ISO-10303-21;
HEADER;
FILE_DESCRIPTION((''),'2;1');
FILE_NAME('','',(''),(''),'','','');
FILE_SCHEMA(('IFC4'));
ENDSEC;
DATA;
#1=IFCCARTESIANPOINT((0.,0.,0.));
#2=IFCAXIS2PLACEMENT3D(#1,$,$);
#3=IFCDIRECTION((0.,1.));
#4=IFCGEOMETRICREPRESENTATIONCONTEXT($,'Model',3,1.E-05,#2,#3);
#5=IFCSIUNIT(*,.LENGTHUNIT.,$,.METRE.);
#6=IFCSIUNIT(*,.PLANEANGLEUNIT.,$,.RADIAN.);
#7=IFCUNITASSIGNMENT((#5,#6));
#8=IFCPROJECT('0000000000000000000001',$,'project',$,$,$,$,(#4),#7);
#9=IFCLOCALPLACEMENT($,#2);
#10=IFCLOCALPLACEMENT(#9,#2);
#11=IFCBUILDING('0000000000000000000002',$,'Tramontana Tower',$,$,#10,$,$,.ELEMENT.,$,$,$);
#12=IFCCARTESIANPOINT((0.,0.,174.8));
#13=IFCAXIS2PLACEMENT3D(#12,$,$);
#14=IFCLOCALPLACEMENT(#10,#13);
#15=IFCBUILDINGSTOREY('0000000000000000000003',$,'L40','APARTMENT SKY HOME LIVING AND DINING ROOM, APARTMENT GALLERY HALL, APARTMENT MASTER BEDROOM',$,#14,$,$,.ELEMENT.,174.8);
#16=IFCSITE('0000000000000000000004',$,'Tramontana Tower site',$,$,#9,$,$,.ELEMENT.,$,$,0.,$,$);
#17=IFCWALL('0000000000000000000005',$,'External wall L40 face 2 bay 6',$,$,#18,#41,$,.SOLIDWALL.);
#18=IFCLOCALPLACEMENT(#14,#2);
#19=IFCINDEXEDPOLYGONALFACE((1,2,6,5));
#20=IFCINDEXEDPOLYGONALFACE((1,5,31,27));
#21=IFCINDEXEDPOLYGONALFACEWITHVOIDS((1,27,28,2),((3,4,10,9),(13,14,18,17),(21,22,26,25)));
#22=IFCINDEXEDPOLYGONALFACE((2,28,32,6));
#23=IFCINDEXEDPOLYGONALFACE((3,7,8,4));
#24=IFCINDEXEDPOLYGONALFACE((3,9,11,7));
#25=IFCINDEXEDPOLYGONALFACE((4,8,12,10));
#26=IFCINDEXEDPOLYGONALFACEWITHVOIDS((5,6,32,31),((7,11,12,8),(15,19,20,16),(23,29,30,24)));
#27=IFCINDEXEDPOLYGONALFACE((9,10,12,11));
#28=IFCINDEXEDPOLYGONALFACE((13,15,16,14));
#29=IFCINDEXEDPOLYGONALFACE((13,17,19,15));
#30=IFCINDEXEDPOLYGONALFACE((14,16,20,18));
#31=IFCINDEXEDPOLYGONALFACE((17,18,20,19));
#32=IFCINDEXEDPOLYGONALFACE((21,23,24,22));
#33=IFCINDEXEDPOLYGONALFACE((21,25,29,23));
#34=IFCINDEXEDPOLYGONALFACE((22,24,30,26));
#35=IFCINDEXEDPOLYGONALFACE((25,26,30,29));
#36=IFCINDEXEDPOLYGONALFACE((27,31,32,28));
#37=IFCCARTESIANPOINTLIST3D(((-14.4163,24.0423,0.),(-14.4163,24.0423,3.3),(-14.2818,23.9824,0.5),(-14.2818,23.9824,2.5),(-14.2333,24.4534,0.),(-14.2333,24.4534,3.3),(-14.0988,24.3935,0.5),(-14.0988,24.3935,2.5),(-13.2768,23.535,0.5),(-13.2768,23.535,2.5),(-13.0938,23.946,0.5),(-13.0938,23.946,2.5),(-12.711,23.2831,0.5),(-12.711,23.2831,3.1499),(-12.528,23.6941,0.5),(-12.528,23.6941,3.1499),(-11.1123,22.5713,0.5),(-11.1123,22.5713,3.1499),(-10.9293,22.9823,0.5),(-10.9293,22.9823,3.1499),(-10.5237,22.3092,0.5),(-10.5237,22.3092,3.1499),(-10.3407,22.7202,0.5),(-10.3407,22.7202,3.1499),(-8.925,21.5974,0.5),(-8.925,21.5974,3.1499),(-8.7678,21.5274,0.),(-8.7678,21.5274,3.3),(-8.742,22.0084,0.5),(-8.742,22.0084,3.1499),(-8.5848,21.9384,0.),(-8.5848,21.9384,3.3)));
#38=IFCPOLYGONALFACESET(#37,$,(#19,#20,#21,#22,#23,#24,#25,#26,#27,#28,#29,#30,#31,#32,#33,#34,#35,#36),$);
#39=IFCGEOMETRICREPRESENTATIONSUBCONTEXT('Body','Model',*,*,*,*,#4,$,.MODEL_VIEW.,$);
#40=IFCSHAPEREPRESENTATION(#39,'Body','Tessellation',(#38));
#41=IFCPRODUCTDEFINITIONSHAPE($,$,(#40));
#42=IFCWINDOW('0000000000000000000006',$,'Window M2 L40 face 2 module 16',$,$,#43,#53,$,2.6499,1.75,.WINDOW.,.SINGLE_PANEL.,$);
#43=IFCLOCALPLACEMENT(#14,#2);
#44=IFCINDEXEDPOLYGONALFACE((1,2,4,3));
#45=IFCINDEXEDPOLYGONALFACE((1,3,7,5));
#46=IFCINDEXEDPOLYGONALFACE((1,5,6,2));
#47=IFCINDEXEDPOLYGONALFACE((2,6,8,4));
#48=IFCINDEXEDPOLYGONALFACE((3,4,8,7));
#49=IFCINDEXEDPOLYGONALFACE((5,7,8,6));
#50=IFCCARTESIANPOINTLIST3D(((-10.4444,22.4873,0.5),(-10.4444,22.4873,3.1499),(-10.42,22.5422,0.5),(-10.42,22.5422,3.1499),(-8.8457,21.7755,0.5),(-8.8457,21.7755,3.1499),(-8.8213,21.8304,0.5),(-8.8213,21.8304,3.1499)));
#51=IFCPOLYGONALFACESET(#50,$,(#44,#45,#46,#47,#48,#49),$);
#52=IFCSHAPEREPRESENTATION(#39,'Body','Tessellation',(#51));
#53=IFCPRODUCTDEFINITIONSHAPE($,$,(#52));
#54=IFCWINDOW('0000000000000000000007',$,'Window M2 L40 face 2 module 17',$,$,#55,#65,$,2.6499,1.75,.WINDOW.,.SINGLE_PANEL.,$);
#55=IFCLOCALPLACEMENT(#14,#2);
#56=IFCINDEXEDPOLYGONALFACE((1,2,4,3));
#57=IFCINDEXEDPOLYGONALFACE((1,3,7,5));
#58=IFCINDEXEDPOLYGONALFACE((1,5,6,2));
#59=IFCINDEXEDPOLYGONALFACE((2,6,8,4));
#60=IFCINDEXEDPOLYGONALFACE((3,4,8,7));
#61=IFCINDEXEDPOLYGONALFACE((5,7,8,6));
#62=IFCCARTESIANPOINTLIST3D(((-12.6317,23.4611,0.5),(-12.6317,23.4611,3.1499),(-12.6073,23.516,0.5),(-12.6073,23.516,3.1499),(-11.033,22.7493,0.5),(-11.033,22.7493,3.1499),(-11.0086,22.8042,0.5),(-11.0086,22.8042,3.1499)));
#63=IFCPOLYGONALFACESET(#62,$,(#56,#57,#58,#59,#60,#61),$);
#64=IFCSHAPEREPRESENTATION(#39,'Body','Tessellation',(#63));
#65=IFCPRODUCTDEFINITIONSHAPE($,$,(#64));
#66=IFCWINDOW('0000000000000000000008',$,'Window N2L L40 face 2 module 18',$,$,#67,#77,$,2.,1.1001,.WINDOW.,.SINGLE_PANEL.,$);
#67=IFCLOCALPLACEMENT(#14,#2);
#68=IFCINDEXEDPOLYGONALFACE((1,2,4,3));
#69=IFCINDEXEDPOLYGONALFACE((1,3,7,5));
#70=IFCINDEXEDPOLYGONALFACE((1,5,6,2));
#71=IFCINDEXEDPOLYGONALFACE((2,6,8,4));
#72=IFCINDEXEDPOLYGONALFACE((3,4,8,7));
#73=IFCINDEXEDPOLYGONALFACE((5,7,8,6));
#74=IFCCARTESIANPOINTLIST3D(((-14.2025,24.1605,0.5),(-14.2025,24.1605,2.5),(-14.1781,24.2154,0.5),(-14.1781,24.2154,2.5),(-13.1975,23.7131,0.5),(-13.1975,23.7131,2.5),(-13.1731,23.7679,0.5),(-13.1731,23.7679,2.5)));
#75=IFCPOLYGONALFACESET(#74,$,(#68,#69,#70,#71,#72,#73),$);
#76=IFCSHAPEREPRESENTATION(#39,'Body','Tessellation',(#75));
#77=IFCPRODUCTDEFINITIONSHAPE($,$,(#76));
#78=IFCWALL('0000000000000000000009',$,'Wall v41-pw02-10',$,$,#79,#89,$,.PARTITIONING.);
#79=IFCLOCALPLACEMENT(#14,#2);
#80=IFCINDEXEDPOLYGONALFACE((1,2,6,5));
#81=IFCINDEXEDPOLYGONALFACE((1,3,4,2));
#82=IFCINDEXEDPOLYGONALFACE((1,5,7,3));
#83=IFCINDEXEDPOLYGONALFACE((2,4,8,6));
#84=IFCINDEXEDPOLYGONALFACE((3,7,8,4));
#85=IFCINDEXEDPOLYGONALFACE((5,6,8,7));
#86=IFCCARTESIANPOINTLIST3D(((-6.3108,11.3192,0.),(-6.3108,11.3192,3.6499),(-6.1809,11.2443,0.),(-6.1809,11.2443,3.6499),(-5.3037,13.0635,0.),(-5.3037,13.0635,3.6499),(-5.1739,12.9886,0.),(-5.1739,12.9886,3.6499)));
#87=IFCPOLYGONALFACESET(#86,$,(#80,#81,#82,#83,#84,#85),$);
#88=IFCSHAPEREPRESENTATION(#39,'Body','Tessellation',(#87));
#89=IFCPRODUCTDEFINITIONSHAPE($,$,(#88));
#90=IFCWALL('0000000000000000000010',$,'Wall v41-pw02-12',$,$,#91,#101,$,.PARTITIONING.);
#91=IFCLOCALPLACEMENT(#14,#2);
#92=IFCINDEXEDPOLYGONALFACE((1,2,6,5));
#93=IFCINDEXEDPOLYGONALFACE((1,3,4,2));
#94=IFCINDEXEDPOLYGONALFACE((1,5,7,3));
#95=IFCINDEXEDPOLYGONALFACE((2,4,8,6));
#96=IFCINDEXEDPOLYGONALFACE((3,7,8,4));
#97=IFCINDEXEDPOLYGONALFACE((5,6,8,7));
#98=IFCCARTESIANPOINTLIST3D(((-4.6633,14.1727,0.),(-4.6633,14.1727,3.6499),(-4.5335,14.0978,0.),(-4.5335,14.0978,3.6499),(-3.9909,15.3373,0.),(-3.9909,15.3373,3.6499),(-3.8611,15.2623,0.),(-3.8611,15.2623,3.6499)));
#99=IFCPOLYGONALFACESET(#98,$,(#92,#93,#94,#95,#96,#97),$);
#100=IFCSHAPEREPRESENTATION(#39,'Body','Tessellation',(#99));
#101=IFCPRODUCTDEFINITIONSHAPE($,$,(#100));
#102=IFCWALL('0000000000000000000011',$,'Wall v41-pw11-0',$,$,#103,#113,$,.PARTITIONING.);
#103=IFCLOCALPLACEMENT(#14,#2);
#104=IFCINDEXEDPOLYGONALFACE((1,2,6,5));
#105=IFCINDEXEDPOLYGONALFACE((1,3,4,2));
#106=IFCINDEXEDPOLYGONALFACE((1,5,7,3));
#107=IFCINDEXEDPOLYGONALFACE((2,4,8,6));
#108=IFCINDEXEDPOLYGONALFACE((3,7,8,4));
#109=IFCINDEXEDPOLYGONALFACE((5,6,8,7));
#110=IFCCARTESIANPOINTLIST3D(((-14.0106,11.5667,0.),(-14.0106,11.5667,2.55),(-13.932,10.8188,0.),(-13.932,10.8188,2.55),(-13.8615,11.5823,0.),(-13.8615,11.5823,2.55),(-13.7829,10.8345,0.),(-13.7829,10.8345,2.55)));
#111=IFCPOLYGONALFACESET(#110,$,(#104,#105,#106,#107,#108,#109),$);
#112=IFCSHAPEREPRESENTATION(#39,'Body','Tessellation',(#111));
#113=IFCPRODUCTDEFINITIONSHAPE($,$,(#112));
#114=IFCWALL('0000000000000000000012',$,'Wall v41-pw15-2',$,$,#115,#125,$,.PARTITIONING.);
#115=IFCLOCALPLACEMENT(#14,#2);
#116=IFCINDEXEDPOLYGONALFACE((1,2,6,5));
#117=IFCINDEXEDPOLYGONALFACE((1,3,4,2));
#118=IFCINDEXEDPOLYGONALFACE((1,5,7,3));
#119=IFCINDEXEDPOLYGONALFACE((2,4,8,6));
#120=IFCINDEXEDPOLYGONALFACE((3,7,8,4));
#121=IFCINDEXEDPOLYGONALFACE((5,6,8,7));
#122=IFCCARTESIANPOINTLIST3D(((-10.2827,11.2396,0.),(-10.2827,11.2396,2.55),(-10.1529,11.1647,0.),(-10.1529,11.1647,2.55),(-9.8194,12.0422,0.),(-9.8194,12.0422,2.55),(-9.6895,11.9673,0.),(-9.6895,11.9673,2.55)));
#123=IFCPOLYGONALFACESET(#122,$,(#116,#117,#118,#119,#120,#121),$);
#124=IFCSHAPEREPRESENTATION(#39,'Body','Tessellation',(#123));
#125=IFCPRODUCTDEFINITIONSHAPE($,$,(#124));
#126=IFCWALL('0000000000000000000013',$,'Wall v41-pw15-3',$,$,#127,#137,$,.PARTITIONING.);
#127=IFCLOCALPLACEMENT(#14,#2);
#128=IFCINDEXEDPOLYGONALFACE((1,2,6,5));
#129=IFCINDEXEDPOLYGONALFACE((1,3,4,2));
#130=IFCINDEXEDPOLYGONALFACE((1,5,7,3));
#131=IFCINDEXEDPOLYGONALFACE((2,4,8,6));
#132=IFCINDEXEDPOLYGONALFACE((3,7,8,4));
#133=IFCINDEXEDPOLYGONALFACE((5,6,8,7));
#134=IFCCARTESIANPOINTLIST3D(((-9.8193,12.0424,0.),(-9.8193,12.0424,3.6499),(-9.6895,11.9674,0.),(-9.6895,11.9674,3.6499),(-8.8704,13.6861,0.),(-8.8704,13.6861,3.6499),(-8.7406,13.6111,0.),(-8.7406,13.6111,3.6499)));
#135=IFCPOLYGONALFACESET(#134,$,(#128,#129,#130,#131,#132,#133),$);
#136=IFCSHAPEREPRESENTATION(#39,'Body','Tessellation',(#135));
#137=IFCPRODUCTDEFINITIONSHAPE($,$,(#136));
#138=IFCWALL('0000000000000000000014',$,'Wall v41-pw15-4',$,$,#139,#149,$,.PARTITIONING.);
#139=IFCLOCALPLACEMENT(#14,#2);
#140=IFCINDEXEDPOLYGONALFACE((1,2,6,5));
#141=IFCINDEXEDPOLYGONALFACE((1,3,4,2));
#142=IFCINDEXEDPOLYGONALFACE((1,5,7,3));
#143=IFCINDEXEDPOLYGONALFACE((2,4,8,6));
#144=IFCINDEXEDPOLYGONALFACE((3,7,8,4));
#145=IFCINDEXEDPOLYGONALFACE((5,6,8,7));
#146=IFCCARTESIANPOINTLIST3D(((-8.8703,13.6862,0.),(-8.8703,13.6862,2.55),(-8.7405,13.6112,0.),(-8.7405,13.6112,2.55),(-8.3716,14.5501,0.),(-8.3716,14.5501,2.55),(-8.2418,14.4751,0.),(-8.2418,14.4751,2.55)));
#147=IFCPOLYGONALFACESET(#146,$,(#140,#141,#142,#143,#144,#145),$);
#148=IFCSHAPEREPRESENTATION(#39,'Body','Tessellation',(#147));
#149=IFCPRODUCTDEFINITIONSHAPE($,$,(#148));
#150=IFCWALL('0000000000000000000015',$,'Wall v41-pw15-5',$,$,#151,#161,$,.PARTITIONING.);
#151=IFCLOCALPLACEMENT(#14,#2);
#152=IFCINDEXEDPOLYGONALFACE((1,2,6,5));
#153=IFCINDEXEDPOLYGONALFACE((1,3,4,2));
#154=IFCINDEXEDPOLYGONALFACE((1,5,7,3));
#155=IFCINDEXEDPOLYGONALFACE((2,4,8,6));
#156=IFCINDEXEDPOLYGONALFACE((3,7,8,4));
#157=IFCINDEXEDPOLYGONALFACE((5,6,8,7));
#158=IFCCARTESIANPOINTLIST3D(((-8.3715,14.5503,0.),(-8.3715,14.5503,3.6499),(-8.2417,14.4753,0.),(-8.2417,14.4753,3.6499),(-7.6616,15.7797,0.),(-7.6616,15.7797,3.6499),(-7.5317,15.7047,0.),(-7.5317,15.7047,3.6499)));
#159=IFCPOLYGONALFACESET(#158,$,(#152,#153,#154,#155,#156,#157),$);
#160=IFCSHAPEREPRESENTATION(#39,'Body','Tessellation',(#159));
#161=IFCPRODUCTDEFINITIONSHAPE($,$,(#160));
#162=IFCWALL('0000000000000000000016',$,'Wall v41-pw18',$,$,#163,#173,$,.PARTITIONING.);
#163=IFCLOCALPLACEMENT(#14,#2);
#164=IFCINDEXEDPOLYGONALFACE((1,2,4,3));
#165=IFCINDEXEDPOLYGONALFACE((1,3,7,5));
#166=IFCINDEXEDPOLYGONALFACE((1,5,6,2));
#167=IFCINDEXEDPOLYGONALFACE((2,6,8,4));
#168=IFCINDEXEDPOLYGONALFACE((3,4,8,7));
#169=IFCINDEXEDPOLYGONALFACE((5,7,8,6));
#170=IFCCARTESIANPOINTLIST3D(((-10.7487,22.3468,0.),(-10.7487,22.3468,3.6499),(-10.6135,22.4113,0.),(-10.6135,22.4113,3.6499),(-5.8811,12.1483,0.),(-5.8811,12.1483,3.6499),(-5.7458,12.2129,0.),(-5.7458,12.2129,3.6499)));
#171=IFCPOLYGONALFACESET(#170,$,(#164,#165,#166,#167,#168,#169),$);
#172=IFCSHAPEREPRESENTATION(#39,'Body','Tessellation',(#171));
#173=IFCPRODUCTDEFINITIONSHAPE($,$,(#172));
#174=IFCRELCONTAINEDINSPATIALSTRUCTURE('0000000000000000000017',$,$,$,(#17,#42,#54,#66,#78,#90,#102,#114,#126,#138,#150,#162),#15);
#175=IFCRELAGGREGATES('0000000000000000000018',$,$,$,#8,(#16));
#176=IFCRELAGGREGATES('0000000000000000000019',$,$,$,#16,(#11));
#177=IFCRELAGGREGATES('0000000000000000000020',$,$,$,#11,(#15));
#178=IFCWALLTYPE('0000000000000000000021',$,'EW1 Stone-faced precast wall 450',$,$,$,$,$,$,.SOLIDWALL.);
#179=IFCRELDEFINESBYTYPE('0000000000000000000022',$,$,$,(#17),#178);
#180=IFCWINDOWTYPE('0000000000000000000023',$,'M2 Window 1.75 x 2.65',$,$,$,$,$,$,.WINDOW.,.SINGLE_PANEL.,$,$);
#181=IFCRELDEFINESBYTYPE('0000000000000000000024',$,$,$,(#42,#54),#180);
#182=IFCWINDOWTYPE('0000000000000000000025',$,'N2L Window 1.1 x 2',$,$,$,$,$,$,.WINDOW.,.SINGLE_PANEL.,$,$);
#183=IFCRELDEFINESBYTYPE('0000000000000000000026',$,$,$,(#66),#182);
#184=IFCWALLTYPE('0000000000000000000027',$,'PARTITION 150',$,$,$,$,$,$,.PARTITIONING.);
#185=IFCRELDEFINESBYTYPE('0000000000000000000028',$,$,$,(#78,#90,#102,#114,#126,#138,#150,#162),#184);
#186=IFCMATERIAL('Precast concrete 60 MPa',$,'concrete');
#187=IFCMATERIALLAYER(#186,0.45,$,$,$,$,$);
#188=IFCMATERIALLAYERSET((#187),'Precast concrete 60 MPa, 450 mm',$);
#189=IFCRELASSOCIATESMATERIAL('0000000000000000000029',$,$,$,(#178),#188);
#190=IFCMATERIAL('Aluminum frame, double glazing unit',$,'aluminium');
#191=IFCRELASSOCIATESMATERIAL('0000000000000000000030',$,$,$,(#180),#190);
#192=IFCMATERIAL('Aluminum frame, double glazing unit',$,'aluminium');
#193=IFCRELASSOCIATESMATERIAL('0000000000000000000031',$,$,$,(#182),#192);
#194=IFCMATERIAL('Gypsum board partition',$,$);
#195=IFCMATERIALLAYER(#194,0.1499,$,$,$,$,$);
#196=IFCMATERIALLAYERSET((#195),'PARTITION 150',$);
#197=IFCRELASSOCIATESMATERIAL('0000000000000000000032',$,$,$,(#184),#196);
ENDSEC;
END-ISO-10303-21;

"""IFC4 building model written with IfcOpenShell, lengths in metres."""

from ifc_helpers import new_model, si_unit, direction, frame, frame_2d, origin, place, context, subcontext, project, spatial, rectangle, extrude, material, layer, layer_set, type_object, element, fill, save


model = new_model("IFC4")

# Units and contexts
model_context = context("Model", 3, precision=1e-05, world=origin(), true_north=direction((0.0, 1.0)))
body_context = subcontext(model_context, "Body", "Model", "MODEL_VIEW")
ifc_project = project(units=[si_unit("LENGTHUNIT", "METRE"), si_unit("PLANEANGLEUNIT", "RADIAN")], contexts=[model_context])

# Site, building, storey
site_placement = place(None, origin())
site = spatial("IfcSite", under=ifc_project, at=site_placement, Name="Tramontana Tower site", CompositionType="ELEMENT", RefElevation=0.0)
building_placement = place(site_placement, origin())
building = spatial("IfcBuilding", under=site, at=building_placement, Name="Tramontana Tower", CompositionType="ELEMENT")
storey_placement = place(building_placement, frame((0.0, 0.0, 174.8)))
storey = spatial("IfcBuildingStorey", under=building, at=storey_placement, Name="L40", Description="APARTMENT SKY HOME LIVING AND DINING ROOM, APARTMENT GALLERY HALL, APARTMENT MASTER BEDROOM", CompositionType="ELEMENT", Elevation=174.8)

# Wall, openings, windows
ifc_material_1 = material(Name="Precast concrete 60 MPa", Category="concrete")
ifc_layer_1 = layer(ifc_material_1, 0.45)
ifc_layer_set_1 = layer_set([ifc_layer_1], Name="Precast concrete 60 MPa, 450 mm")
wall_type_1 = type_object("IfcWallType", Name="EW1 Stone-faced precast wall 450", PredefinedType="SOLIDWALL", material=ifc_layer_set_1)
ifc_material_2 = material(Name="Aluminum frame, double glazing unit", Category="aluminium")
window_type_1 = type_object("IfcWindowType", Name="M2 Window 1.75 x 2.65", PartitioningType="SINGLE_PANEL", PredefinedType="WINDOW", material=ifc_material_2)
wall_1_placement = place(storey_placement, frame((-8.6763, 21.7329, 0.0), z_axis=(0.0, 0.0, 1.0), x_axis=(-0.913543, 0.406743, 0.0)))
wall_1 = element("IfcWall", 1, at=wall_1_placement, inside=storey, type_object=wall_type_1, Name="External wall L40 face 2 bay 6", PredefinedType="SOLIDWALL", context=body_context, shape_type="SweptSolid", body=[
    extrude(rectangle(XDim=6.1831, YDim=0.45, at=frame_2d((3.0916, 0.0))), origin(), (0.0, 0.0, 1.0), 3.3),
])
opening_1_placement = place(wall_1_placement, frame((0.1721, 0.0, 0.5)))
opening_1 = element("IfcOpeningElement", 2, at=opening_1_placement, cuts=wall_1, PredefinedType="OPENING", context=body_context, shape_type="SweptSolid", body=[
    extrude(rectangle(XDim=1.75, YDim=2.6499, at=frame_2d((0.875, 1.325))), frame((0.0, 0.2349, 0.0), z_axis=(0.0, -1.0, 0.0), x_axis=(1.0, 0.0, 0.0)), (0.0, 0.0, 1.0), 0.47),
])
opening_2_placement = place(wall_1_placement, frame((2.5664, 0.0, 0.5)))
opening_2 = element("IfcOpeningElement", 3, at=opening_2_placement, cuts=wall_1, PredefinedType="OPENING", context=body_context, shape_type="SweptSolid", body=[
    extrude(rectangle(XDim=1.75, YDim=2.6499, at=frame_2d((0.875, 1.325))), frame((0.0, 0.2349, 0.0), z_axis=(0.0, -1.0, 0.0), x_axis=(1.0, 0.0, 0.0)), (0.0, 0.0, 1.0), 0.47),
])
opening_3_placement = place(wall_1_placement, frame((4.9358, 0.0, 0.5)))
opening_3 = element("IfcOpeningElement", 4, at=opening_3_placement, cuts=wall_1, PredefinedType="OPENING", context=body_context, shape_type="SweptSolid", body=[
    extrude(rectangle(XDim=1.1001, YDim=2.0, at=frame_2d((0.55, 1.0))), frame((0.0, 0.2349, 0.0), z_axis=(0.0, -1.0, 0.0), x_axis=(1.0, 0.0, 0.0)), (0.0, 0.0, 1.0), 0.47),
])
window_1_placement = place(opening_1_placement, origin())
window_1 = element("IfcWindow", 5, at=window_1_placement, inside=storey, type_object=window_type_1, Name="Window M2 L40 face 2 module 16", OverallHeight=2.6499, OverallWidth=1.75, PartitioningType="SINGLE_PANEL", PredefinedType="WINDOW", context=body_context, shape_type="SweptSolid", body=[
    extrude(rectangle(XDim=1.75, YDim=2.6499, at=frame_2d((0.875, 1.325))), frame((0.0, 0.03, 0.0), z_axis=(0.0, -1.0, 0.0), x_axis=(1.0, 0.0, 0.0)), (0.0, 0.0, 1.0), 0.0601),
])
fill(opening_1, window_1)
window_2_placement = place(opening_2_placement, origin())
window_2 = element("IfcWindow", 6, at=window_2_placement, inside=storey, type_object=window_type_1, Name="Window M2 L40 face 2 module 17", OverallHeight=2.6499, OverallWidth=1.75, PartitioningType="SINGLE_PANEL", PredefinedType="WINDOW", context=body_context, shape_type="SweptSolid", body=[
    extrude(rectangle(XDim=1.75, YDim=2.6499, at=frame_2d((0.875, 1.325))), frame((0.0, 0.03, 0.0), z_axis=(0.0, -1.0, 0.0), x_axis=(1.0, 0.0, 0.0)), (0.0, 0.0, 1.0), 0.0601),
])
fill(opening_2, window_2)
ifc_material_3 = material(Name="Aluminum frame, double glazing unit", Category="aluminium")
window_type_2 = type_object("IfcWindowType", Name="N2L Window 1.1 x 2", PartitioningType="SINGLE_PANEL", PredefinedType="WINDOW", material=ifc_material_3)
window_3_placement = place(opening_3_placement, origin())
window_3 = element("IfcWindow", 7, at=window_3_placement, inside=storey, type_object=window_type_2, Name="Window N2L L40 face 2 module 18", OverallHeight=2.0, OverallWidth=1.1001, PartitioningType="SINGLE_PANEL", PredefinedType="WINDOW", context=body_context, shape_type="SweptSolid", body=[
    extrude(rectangle(XDim=1.1001, YDim=2.0, at=frame_2d((0.55, 1.0))), frame((0.0, 0.03, 0.0), z_axis=(0.0, -1.0, 0.0), x_axis=(1.0, 0.0, 0.0)), (0.0, 0.0, 1.0), 0.0601),
])
fill(opening_3, window_3)

# Wall
ifc_material_4 = material(Name="Gypsum board partition")
ifc_layer_2 = layer(ifc_material_4, 0.1499)
ifc_layer_set_2 = layer_set([ifc_layer_2], Name="PARTITION 150")
wall_type_2 = type_object("IfcWallType", Name="PARTITION 150", PredefinedType="PARTITIONING", material=ifc_layer_set_2)
wall_2_placement = place(storey_placement, frame((-6.2458, 11.2817, 0.0), z_axis=(0.0, 0.0, 1.0), x_axis=(0.499985, 0.866034, 0.0)))
element("IfcWall", 8, at=wall_2_placement, inside=storey, type_object=wall_type_2, Name="Wall v41-pw02-10", PredefinedType="PARTITIONING", context=body_context, shape_type="SweptSolid", body=[
    extrude(rectangle(XDim=2.0142, YDim=0.1499, at=frame_2d((1.0071, 0.0))), origin(), (0.0, 0.0, 1.0), 3.6499),
])

# Walls
wall_3_placement = place(storey_placement, frame((-4.5984, 14.1353, 0.0), z_axis=(0.0, 0.0, 1.0), x_axis=(0.500005, 0.866022, 0.0)))
element("IfcWall", 9, at=wall_3_placement, inside=storey, type_object=wall_type_2, Name="Wall v41-pw02-12", PredefinedType="PARTITIONING", context=body_context, shape_type="SweptSolid", body=[
    extrude(rectangle(XDim=1.3447, YDim=0.1499, at=frame_2d((0.6724, 0.0))), origin(), (0.0, 0.0, 1.0), 3.6499),
])
wall_4_placement = place(storey_placement, frame((-13.8574, 10.8267, 0.0), z_axis=(0.0, 0.0, 1.0), x_axis=(-0.10455, 0.99452, 0.0)))
element("IfcWall", 10, at=wall_4_placement, inside=storey, type_object=wall_type_2, Name="Wall v41-pw11-0", PredefinedType="PARTITIONING", context=body_context, shape_type="SweptSolid", body=[
    extrude(rectangle(XDim=0.752, YDim=0.1499, at=frame_2d((0.376, 0.0))), origin(), (0.0, 0.0, 1.0), 2.55),
])
wall_5_placement = place(storey_placement, frame((-10.2178, 11.2021, 0.0), z_axis=(0.0, 0.0, 1.0), x_axis=(0.499935, 0.866063, 0.0)))
element("IfcWall", 11, at=wall_5_placement, inside=storey, type_object=wall_type_2, Name="Wall v41-pw15-2", PredefinedType="PARTITIONING", context=body_context, shape_type="SweptSolid", body=[
    extrude(rectangle(XDim=0.9268, YDim=0.1499, at=frame_2d((0.4634, 0.0))), origin(), (0.0, 0.0, 1.0), 2.55),
])
wall_6_placement = place(storey_placement, frame((-9.7544, 12.0049, 0.0), z_axis=(0.0, 0.0, 1.0), x_axis=(0.499971, 0.866042, 0.0)))
element("IfcWall", 12, at=wall_6_placement, inside=storey, type_object=wall_type_2, Name="Wall v41-pw15-3", PredefinedType="PARTITIONING", context=body_context, shape_type="SweptSolid", body=[
    extrude(rectangle(XDim=1.8979, YDim=0.1499, at=frame_2d((0.949, 0.0))), origin(), (0.0, 0.0, 1.0), 3.6499),
])
wall_7_placement = place(storey_placement, frame((-8.8054, 13.6487, 0.0), z_axis=(0.0, 0.0, 1.0), x_axis=(0.499955, 0.866051, 0.0)))
element("IfcWall", 13, at=wall_7_placement, inside=storey, type_object=wall_type_2, Name="Wall v41-pw15-4", PredefinedType="PARTITIONING", context=body_context, shape_type="SweptSolid", body=[
    extrude(rectangle(XDim=0.9976, YDim=0.1499, at=frame_2d((0.4988, 0.0))), origin(), (0.0, 0.0, 1.0), 2.55),
])
wall_8_placement = place(storey_placement, frame((-8.3066, 14.5127, 0.0), z_axis=(0.0, 0.0, 1.0), x_axis=(0.50006, 0.865991, 0.0)))
element("IfcWall", 14, at=wall_8_placement, inside=storey, type_object=wall_type_2, Name="Wall v41-pw15-5", PredefinedType="PARTITIONING", context=body_context, shape_type="SweptSolid", body=[
    extrude(rectangle(XDim=1.4197, YDim=0.1499, at=frame_2d((0.71, 0.0))), origin(), (0.0, 0.0, 1.0), 3.6499),
])
wall_9_placement = place(storey_placement, frame((-10.6812, 22.3792, 0.0), z_axis=(0.0, 0.0, 1.0), x_axis=(0.430745, -0.902474, 0.0)))
element("IfcWall", 15, at=wall_9_placement, inside=storey, type_object=wall_type_2, Name="Wall v41-pw18", PredefinedType="PARTITIONING", context=body_context, shape_type="SweptSolid", body=[
    extrude(rectangle(XDim=11.3005, YDim=0.1499, at=frame_2d((5.6504, 0.0))), origin(), (0.0, 0.0, 1.0), 3.6499),
])

save(model, "model.ifc")
